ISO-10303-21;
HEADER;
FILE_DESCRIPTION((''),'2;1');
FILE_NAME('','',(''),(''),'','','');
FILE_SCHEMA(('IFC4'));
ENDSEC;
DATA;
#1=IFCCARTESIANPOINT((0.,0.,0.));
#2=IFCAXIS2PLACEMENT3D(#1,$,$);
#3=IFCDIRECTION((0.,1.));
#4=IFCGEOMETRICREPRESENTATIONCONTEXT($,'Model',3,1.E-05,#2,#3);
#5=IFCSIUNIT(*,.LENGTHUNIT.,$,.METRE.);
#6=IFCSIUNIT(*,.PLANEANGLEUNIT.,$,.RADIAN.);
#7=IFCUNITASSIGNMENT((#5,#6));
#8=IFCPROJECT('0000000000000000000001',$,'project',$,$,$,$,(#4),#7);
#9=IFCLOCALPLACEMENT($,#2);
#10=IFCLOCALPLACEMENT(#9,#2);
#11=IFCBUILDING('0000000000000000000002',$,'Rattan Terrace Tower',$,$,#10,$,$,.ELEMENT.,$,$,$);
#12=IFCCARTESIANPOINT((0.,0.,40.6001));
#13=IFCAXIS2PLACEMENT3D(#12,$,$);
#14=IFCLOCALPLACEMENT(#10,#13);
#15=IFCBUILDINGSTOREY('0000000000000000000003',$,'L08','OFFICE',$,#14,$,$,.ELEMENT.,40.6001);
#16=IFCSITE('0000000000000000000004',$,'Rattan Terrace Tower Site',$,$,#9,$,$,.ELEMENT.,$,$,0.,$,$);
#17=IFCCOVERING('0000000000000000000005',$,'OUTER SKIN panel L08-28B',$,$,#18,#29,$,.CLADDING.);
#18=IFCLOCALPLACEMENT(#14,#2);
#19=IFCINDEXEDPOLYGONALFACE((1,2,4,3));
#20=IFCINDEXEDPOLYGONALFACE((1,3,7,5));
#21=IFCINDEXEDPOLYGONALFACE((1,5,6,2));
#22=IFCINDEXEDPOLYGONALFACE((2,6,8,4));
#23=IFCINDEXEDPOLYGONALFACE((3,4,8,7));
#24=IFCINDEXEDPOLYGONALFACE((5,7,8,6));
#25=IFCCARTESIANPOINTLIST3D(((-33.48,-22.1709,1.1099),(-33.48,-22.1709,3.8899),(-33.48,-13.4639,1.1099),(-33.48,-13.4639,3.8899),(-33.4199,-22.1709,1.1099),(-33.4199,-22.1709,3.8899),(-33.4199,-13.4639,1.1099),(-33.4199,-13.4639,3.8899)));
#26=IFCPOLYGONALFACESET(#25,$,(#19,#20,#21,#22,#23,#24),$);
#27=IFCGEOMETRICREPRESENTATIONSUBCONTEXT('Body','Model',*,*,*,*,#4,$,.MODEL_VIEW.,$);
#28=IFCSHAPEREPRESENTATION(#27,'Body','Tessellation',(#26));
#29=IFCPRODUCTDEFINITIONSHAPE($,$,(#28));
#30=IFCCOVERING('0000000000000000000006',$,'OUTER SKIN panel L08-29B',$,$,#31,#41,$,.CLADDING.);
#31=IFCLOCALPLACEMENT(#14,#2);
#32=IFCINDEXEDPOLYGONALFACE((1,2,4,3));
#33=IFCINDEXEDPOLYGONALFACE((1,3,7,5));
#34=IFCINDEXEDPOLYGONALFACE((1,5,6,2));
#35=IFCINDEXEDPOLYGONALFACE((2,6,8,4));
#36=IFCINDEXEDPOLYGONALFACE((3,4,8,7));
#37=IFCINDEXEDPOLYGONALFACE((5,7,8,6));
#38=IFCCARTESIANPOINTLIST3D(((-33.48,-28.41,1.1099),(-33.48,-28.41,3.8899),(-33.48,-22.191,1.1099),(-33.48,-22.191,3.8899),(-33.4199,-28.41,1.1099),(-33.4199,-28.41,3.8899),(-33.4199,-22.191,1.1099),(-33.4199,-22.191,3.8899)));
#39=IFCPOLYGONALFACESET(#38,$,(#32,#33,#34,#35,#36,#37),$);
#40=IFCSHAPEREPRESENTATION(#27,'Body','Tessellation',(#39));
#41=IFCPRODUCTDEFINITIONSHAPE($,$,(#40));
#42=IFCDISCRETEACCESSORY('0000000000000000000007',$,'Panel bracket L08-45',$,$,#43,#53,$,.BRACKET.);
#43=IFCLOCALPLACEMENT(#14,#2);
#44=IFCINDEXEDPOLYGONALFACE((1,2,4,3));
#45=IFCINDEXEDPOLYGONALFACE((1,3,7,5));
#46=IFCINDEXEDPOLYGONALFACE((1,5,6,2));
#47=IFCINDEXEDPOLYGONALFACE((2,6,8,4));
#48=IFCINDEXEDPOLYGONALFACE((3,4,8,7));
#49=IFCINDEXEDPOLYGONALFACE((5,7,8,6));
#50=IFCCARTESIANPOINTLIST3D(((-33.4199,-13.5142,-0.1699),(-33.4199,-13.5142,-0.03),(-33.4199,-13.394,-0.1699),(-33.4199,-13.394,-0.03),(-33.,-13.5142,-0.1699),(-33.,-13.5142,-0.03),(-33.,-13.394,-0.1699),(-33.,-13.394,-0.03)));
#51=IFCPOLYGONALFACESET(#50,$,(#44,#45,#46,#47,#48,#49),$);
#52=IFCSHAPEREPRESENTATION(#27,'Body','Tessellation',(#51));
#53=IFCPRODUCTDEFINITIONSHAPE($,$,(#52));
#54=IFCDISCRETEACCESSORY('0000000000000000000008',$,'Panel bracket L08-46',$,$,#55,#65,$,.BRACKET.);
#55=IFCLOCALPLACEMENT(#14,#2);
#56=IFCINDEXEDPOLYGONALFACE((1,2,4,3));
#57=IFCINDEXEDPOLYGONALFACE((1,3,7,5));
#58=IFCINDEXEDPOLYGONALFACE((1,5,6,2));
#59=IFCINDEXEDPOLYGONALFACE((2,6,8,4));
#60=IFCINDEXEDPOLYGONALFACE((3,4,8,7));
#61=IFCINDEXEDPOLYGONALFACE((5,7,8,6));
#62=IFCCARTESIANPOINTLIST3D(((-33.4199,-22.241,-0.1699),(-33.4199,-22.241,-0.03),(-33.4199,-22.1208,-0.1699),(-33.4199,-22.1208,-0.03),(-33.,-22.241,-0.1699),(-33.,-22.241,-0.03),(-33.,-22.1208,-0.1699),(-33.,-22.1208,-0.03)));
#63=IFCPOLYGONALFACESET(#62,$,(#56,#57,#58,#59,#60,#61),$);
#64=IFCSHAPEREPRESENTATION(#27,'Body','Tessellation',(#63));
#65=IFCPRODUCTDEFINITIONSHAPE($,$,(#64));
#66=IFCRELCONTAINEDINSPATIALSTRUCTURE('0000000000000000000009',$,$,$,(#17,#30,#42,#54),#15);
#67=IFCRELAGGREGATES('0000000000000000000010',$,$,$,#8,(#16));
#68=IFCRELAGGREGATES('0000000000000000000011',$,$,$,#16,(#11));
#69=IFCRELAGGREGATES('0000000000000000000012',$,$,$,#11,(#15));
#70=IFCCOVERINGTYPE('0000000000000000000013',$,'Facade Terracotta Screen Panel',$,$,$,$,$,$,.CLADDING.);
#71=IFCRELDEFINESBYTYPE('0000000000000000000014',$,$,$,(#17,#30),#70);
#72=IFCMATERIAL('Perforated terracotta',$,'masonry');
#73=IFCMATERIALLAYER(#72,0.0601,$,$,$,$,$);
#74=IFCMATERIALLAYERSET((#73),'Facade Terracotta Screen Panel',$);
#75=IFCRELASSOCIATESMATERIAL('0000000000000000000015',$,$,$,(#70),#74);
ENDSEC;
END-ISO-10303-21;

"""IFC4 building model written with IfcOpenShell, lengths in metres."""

from ifc_helpers import new_model, si_unit, direction, frame, origin, origin_2d, place, context, subcontext, project, spatial, rectangle, extrude, material, layer, layer_set, type_object, element, save


model = new_model("IFC4")

# Units and contexts
model_context = context("Model", 3, precision=1e-05, world=origin(), true_north=direction((0.0, 1.0)))
body_context = subcontext(model_context, "Body", "Model", "MODEL_VIEW")
ifc_project = project(units=[si_unit("LENGTHUNIT", "METRE"), si_unit("PLANEANGLEUNIT", "RADIAN")], contexts=[model_context])

# Site, building, storey
site_placement = place(None, origin())
site = spatial("IfcSite", under=ifc_project, at=site_placement, Name="Rattan Terrace Tower Site", CompositionType="ELEMENT", RefElevation=0.0)
building_placement = place(site_placement, origin())
building = spatial("IfcBuilding", under=site, at=building_placement, Name="Rattan Terrace Tower", CompositionType="ELEMENT")
storey_placement = place(building_placement, frame((0.0, 0.0, 40.6001)))
storey = spatial("IfcBuildingStorey", under=building, at=storey_placement, Name="L08", Description="OFFICE", CompositionType="ELEMENT", Elevation=40.6001)

# Coverings
ifc_material_1 = material(Name="Perforated terracotta", Category="masonry")
ifc_layer_1 = layer(ifc_material_1, 0.0601)
ifc_layer_set_1 = layer_set([ifc_layer_1], Name="Facade Terracotta Screen Panel")
covering_type_1 = type_object("IfcCoveringType", Name="Facade Terracotta Screen Panel", PredefinedType="CLADDING", material=ifc_layer_set_1)
for number, where, z_axis, x_axis, name in (
    (1, (-33.45, -17.8174, 1.1099), (0.0, 0.0, 1.0), (0.0, -1.0, 0.0), "OUTER SKIN panel L08-28B"),
):
    element("IfcCovering", number, at=place(storey_placement, frame(where, z_axis=z_axis, x_axis=x_axis)), inside=storey, type_object=covering_type_1, Name=name, PredefinedType="CLADDING", context=body_context, shape_type="SweptSolid", body=[
        extrude(rectangle(XDim=8.707, YDim=0.0601, at=origin_2d()), origin(), (0.0, 0.0, 1.0), 2.78),
    ])
covering_1_placement = place(storey_placement, frame((-33.45, -25.3005, 1.1099), z_axis=(0.0, 0.0, 1.0), x_axis=(0.0, -1.0, 0.0)))
element("IfcCovering", 2, at=covering_1_placement, inside=storey, type_object=covering_type_1, Name="OUTER SKIN panel L08-29B", PredefinedType="CLADDING", context=body_context, shape_type="SweptSolid", body=[
    extrude(rectangle(XDim=6.219, YDim=0.0601, at=origin_2d()), origin(), (0.0, 0.0, 1.0), 2.78),
])

# Discrete accessories
for number, where, z_axis, x_axis, name in (
    (3, (-33.21, -13.4541, -0.1699), (0.0, 0.0, 1.0), (0.0, -1.0, 0.0), "Panel bracket L08-45"),
    (4, (-33.21, -22.1809, -0.1699), (0.0, 0.0, 1.0), (0.0, -1.0, 0.0), "Panel bracket L08-46"),
):
    element("IfcDiscreteAccessory", number, at=place(storey_placement, frame(where, z_axis=z_axis, x_axis=x_axis)), inside=storey, Name=name, PredefinedType="BRACKET", context=body_context, shape_type="SweptSolid", body=[
        extrude(rectangle(XDim=0.1201, YDim=0.4199, at=origin_2d()), origin(), (0.0, 0.0, 1.0), 0.1399),
    ])

save(model, "model.ifc")
